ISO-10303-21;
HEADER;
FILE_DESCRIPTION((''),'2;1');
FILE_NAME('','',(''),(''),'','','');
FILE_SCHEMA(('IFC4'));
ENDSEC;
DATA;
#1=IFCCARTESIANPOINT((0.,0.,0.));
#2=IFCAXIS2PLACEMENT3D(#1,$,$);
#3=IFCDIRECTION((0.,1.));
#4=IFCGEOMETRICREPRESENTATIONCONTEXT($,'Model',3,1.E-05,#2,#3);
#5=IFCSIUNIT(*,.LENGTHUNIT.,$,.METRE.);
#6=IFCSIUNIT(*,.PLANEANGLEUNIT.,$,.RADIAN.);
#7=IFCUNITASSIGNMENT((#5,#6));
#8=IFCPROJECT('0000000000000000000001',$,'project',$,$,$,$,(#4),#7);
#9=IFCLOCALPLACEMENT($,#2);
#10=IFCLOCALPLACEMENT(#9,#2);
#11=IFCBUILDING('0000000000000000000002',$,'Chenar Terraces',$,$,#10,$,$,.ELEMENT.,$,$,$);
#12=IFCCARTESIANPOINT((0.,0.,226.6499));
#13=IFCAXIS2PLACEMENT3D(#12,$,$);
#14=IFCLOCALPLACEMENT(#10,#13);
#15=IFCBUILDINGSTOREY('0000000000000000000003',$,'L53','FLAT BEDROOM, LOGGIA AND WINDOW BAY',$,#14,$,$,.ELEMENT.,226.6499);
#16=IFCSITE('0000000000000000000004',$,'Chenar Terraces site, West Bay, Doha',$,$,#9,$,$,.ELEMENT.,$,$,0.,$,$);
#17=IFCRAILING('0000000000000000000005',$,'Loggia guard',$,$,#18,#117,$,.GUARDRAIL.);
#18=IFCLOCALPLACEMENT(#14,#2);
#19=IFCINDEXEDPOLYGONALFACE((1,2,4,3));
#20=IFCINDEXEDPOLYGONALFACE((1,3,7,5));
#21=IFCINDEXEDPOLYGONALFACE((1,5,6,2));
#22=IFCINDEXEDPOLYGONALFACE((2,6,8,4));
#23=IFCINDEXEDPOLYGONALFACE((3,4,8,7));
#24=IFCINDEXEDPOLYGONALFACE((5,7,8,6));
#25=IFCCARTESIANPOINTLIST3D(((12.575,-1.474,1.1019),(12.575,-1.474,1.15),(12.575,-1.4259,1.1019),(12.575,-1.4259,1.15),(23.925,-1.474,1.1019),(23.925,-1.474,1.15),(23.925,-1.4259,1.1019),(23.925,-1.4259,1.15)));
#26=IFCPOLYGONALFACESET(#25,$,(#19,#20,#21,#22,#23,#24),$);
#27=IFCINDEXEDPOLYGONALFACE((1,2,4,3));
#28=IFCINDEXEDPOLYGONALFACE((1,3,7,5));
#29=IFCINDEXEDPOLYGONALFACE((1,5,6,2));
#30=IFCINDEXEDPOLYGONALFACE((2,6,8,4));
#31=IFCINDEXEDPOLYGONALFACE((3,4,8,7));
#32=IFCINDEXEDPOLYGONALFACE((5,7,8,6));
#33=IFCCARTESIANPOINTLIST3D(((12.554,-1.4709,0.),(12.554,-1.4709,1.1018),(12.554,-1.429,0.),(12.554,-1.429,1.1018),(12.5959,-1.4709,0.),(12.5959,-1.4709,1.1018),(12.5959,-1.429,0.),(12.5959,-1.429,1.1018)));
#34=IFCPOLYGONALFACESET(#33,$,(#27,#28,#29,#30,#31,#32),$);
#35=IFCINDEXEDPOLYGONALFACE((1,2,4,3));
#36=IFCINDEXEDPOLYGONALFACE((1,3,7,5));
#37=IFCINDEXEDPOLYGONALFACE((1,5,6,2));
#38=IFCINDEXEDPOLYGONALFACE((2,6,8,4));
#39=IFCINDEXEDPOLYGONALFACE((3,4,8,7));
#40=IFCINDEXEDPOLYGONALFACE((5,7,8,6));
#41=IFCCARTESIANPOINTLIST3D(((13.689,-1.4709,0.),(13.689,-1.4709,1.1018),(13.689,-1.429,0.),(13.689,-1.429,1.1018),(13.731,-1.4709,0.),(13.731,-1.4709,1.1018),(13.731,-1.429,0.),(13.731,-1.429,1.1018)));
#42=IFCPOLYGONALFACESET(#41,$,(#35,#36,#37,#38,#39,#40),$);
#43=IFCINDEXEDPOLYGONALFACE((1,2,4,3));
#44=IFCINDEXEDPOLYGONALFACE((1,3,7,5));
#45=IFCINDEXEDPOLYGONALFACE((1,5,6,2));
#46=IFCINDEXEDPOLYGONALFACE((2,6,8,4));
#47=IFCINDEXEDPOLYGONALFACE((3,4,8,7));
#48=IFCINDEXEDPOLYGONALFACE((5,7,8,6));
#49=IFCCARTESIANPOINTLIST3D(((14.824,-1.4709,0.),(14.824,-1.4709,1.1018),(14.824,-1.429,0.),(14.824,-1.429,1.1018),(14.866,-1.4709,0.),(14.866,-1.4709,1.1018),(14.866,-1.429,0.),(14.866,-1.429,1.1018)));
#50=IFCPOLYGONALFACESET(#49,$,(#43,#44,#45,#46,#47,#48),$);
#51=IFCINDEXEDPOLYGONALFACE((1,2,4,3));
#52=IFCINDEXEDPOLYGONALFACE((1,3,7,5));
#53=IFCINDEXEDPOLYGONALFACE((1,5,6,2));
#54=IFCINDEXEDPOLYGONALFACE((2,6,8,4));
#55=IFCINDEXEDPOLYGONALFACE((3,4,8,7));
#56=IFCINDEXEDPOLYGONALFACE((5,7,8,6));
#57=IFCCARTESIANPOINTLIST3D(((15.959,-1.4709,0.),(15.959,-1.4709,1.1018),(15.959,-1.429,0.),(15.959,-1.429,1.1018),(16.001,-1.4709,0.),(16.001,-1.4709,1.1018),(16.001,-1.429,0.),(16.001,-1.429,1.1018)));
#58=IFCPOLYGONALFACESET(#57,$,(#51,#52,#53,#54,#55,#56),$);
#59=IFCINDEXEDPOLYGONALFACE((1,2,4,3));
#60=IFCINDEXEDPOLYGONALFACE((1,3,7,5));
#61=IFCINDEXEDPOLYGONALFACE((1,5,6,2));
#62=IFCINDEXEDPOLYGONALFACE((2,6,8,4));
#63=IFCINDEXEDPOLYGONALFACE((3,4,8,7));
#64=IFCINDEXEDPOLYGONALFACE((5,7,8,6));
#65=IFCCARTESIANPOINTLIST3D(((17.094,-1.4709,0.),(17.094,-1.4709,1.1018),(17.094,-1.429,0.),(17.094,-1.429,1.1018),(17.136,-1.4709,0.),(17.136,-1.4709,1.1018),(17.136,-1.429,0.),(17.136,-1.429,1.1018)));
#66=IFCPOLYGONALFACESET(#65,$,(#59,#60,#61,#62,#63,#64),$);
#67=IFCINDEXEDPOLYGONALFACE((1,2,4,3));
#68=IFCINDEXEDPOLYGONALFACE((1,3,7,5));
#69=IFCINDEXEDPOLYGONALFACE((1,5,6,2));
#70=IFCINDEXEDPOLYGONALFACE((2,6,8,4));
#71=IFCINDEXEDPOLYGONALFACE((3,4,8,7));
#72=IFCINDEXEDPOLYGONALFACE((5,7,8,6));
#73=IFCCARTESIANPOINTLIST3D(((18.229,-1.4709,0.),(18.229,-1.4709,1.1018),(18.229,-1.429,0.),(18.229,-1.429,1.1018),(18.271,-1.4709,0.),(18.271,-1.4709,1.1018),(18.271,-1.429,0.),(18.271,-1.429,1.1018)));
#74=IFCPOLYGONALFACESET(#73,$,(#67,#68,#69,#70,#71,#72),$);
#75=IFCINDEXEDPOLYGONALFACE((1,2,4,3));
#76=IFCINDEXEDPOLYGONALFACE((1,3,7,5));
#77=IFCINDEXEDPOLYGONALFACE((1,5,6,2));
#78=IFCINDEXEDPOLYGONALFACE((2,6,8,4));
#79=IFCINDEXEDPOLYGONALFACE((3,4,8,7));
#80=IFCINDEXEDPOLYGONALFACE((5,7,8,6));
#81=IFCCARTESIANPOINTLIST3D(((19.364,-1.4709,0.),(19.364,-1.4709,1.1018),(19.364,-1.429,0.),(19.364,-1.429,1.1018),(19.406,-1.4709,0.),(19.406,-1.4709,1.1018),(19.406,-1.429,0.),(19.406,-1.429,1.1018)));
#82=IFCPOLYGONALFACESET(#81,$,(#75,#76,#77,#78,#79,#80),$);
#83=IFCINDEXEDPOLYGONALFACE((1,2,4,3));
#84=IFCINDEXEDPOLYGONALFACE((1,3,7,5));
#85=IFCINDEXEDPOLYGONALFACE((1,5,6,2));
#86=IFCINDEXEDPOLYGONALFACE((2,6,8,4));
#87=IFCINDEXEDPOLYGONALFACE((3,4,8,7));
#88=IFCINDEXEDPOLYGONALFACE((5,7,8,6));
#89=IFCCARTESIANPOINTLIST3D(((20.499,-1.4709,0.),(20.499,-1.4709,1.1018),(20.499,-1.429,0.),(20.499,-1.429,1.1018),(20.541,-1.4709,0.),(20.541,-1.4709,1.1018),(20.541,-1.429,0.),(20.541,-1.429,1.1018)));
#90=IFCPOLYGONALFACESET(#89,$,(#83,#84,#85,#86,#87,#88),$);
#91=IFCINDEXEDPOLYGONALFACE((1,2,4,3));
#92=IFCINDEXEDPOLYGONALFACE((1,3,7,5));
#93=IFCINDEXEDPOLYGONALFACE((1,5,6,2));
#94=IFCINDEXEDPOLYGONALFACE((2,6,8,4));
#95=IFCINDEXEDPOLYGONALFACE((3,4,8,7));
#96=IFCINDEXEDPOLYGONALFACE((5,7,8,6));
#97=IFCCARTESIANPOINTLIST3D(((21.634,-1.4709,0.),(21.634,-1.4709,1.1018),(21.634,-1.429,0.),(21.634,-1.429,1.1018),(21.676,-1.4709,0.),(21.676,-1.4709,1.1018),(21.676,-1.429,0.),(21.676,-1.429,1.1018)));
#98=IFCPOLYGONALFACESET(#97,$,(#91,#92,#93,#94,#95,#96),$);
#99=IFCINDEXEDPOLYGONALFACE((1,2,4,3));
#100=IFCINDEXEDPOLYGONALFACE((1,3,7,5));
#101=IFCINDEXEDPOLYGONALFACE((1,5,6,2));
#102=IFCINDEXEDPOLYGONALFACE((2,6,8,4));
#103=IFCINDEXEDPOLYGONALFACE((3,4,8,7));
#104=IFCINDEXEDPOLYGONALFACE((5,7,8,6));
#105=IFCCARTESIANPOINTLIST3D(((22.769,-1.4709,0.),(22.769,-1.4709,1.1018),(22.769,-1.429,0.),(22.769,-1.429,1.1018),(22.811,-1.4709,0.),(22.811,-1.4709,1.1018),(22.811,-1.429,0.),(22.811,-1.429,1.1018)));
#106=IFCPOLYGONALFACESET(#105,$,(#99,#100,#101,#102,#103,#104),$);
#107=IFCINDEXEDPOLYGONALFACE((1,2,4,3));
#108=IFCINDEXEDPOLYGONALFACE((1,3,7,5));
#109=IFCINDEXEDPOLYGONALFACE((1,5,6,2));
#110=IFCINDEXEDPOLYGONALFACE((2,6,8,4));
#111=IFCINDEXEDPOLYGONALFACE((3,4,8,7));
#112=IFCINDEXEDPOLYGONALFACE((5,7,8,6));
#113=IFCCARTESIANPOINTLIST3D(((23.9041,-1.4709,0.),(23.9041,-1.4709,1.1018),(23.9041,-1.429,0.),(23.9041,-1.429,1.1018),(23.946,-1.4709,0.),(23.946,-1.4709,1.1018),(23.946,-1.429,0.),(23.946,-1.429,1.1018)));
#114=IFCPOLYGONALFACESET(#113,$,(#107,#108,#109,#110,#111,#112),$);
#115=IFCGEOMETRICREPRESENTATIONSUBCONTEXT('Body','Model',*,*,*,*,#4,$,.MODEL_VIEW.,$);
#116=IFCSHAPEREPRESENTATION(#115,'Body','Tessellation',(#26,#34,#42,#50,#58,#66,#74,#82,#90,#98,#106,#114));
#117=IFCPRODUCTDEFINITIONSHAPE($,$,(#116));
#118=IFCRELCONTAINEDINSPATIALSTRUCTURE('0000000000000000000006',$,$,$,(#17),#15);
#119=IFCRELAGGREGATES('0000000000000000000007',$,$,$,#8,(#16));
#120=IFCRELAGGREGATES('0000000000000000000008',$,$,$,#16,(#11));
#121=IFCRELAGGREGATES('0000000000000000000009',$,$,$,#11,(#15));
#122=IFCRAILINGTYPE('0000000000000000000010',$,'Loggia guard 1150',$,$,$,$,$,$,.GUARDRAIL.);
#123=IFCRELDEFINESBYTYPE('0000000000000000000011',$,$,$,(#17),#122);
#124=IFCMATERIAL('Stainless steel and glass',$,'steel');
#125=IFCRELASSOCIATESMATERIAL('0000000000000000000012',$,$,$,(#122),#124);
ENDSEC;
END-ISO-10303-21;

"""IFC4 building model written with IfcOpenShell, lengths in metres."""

from ifc_helpers import new_model, si_unit, direction, frame, origin, origin_2d, place, context, subcontext, project, spatial, rectangle, extrude, material, type_object, element, save


model = new_model("IFC4")

# Units and contexts
model_context = context("Model", 3, precision=1e-05, world=origin(), true_north=direction((0.0, 1.0)))
body_context = subcontext(model_context, "Body", "Model", "MODEL_VIEW")
ifc_project = project(units=[si_unit("LENGTHUNIT", "METRE"), si_unit("PLANEANGLEUNIT", "RADIAN")], contexts=[model_context])

# Site, building, storey
site_placement = place(None, origin())
site = spatial("IfcSite", under=ifc_project, at=site_placement, Name="Chenar Terraces site, West Bay, Doha", CompositionType="ELEMENT", RefElevation=0.0)
building_placement = place(site_placement, origin())
building = spatial("IfcBuilding", under=site, at=building_placement, Name="Chenar Terraces", CompositionType="ELEMENT")
storey_placement = place(building_placement, frame((0.0, 0.0, 226.6499)))
storey = spatial("IfcBuildingStorey", under=building, at=storey_placement, Name="L53", Description="FLAT BEDROOM, LOGGIA AND WINDOW BAY", CompositionType="ELEMENT", Elevation=226.6499)

# Railing
ifc_material_1 = material(Name="Stainless steel and glass", Category="steel")
railing_type = type_object("IfcRailingType", Name="Loggia guard 1150", PredefinedType="GUARDRAIL", material=ifc_material_1)
railing_placement = place(storey_placement, frame((12.575, -1.45, 0.0)))
element("IfcRailing", 1, at=railing_placement, inside=storey, type_object=railing_type, Name="Loggia guard", PredefinedType="GUARDRAIL", context=body_context, shape_type="SweptSolid", body=[
    extrude(rectangle(XDim=0.0481, YDim=0.0481, at=origin_2d()), frame((0.0, 0.0, 1.126), z_axis=(1.0, 0.0, 0.0), x_axis=(0.0, 1.0, 0.0)), (0.0, 0.0, 1.0), 11.3501),
    extrude(rectangle(XDim=0.042, YDim=0.042, at=origin_2d()), origin(), (0.0, 0.0, 1.0), 1.1018),
    extrude(rectangle(XDim=0.042, YDim=0.042, at=origin_2d()), frame((1.135, 0.0, 0.0)), (0.0, 0.0, 1.0), 1.1018),
    extrude(rectangle(XDim=0.042, YDim=0.042, at=origin_2d()), frame((2.27, 0.0, 0.0)), (0.0, 0.0, 1.0), 1.1018),
    extrude(rectangle(XDim=0.042, YDim=0.042, at=origin_2d()), frame((3.405, 0.0, 0.0)), (0.0, 0.0, 1.0), 1.1018),
    extrude(rectangle(XDim=0.042, YDim=0.042, at=origin_2d()), frame((4.54, 0.0, 0.0)), (0.0, 0.0, 1.0), 1.1018),
    extrude(rectangle(XDim=0.042, YDim=0.042, at=origin_2d()), frame((5.675, 0.0, 0.0)), (0.0, 0.0, 1.0), 1.1018),
    extrude(rectangle(XDim=0.042, YDim=0.042, at=origin_2d()), frame((6.8101, 0.0, 0.0)), (0.0, 0.0, 1.0), 1.1018),
    extrude(rectangle(XDim=0.042, YDim=0.042, at=origin_2d()), frame((7.9451, 0.0, 0.0)), (0.0, 0.0, 1.0), 1.1018),
    extrude(rectangle(XDim=0.042, YDim=0.042, at=origin_2d()), frame((9.0801, 0.0, 0.0)), (0.0, 0.0, 1.0), 1.1018),
    extrude(rectangle(XDim=0.042, YDim=0.042, at=origin_2d()), frame((10.2151, 0.0, 0.0)), (0.0, 0.0, 1.0), 1.1018),
    extrude(rectangle(XDim=0.042, YDim=0.042, at=origin_2d()), frame((11.3501, 0.0, 0.0)), (0.0, 0.0, 1.0), 1.1018),
])

save(model, "model.ifc")
